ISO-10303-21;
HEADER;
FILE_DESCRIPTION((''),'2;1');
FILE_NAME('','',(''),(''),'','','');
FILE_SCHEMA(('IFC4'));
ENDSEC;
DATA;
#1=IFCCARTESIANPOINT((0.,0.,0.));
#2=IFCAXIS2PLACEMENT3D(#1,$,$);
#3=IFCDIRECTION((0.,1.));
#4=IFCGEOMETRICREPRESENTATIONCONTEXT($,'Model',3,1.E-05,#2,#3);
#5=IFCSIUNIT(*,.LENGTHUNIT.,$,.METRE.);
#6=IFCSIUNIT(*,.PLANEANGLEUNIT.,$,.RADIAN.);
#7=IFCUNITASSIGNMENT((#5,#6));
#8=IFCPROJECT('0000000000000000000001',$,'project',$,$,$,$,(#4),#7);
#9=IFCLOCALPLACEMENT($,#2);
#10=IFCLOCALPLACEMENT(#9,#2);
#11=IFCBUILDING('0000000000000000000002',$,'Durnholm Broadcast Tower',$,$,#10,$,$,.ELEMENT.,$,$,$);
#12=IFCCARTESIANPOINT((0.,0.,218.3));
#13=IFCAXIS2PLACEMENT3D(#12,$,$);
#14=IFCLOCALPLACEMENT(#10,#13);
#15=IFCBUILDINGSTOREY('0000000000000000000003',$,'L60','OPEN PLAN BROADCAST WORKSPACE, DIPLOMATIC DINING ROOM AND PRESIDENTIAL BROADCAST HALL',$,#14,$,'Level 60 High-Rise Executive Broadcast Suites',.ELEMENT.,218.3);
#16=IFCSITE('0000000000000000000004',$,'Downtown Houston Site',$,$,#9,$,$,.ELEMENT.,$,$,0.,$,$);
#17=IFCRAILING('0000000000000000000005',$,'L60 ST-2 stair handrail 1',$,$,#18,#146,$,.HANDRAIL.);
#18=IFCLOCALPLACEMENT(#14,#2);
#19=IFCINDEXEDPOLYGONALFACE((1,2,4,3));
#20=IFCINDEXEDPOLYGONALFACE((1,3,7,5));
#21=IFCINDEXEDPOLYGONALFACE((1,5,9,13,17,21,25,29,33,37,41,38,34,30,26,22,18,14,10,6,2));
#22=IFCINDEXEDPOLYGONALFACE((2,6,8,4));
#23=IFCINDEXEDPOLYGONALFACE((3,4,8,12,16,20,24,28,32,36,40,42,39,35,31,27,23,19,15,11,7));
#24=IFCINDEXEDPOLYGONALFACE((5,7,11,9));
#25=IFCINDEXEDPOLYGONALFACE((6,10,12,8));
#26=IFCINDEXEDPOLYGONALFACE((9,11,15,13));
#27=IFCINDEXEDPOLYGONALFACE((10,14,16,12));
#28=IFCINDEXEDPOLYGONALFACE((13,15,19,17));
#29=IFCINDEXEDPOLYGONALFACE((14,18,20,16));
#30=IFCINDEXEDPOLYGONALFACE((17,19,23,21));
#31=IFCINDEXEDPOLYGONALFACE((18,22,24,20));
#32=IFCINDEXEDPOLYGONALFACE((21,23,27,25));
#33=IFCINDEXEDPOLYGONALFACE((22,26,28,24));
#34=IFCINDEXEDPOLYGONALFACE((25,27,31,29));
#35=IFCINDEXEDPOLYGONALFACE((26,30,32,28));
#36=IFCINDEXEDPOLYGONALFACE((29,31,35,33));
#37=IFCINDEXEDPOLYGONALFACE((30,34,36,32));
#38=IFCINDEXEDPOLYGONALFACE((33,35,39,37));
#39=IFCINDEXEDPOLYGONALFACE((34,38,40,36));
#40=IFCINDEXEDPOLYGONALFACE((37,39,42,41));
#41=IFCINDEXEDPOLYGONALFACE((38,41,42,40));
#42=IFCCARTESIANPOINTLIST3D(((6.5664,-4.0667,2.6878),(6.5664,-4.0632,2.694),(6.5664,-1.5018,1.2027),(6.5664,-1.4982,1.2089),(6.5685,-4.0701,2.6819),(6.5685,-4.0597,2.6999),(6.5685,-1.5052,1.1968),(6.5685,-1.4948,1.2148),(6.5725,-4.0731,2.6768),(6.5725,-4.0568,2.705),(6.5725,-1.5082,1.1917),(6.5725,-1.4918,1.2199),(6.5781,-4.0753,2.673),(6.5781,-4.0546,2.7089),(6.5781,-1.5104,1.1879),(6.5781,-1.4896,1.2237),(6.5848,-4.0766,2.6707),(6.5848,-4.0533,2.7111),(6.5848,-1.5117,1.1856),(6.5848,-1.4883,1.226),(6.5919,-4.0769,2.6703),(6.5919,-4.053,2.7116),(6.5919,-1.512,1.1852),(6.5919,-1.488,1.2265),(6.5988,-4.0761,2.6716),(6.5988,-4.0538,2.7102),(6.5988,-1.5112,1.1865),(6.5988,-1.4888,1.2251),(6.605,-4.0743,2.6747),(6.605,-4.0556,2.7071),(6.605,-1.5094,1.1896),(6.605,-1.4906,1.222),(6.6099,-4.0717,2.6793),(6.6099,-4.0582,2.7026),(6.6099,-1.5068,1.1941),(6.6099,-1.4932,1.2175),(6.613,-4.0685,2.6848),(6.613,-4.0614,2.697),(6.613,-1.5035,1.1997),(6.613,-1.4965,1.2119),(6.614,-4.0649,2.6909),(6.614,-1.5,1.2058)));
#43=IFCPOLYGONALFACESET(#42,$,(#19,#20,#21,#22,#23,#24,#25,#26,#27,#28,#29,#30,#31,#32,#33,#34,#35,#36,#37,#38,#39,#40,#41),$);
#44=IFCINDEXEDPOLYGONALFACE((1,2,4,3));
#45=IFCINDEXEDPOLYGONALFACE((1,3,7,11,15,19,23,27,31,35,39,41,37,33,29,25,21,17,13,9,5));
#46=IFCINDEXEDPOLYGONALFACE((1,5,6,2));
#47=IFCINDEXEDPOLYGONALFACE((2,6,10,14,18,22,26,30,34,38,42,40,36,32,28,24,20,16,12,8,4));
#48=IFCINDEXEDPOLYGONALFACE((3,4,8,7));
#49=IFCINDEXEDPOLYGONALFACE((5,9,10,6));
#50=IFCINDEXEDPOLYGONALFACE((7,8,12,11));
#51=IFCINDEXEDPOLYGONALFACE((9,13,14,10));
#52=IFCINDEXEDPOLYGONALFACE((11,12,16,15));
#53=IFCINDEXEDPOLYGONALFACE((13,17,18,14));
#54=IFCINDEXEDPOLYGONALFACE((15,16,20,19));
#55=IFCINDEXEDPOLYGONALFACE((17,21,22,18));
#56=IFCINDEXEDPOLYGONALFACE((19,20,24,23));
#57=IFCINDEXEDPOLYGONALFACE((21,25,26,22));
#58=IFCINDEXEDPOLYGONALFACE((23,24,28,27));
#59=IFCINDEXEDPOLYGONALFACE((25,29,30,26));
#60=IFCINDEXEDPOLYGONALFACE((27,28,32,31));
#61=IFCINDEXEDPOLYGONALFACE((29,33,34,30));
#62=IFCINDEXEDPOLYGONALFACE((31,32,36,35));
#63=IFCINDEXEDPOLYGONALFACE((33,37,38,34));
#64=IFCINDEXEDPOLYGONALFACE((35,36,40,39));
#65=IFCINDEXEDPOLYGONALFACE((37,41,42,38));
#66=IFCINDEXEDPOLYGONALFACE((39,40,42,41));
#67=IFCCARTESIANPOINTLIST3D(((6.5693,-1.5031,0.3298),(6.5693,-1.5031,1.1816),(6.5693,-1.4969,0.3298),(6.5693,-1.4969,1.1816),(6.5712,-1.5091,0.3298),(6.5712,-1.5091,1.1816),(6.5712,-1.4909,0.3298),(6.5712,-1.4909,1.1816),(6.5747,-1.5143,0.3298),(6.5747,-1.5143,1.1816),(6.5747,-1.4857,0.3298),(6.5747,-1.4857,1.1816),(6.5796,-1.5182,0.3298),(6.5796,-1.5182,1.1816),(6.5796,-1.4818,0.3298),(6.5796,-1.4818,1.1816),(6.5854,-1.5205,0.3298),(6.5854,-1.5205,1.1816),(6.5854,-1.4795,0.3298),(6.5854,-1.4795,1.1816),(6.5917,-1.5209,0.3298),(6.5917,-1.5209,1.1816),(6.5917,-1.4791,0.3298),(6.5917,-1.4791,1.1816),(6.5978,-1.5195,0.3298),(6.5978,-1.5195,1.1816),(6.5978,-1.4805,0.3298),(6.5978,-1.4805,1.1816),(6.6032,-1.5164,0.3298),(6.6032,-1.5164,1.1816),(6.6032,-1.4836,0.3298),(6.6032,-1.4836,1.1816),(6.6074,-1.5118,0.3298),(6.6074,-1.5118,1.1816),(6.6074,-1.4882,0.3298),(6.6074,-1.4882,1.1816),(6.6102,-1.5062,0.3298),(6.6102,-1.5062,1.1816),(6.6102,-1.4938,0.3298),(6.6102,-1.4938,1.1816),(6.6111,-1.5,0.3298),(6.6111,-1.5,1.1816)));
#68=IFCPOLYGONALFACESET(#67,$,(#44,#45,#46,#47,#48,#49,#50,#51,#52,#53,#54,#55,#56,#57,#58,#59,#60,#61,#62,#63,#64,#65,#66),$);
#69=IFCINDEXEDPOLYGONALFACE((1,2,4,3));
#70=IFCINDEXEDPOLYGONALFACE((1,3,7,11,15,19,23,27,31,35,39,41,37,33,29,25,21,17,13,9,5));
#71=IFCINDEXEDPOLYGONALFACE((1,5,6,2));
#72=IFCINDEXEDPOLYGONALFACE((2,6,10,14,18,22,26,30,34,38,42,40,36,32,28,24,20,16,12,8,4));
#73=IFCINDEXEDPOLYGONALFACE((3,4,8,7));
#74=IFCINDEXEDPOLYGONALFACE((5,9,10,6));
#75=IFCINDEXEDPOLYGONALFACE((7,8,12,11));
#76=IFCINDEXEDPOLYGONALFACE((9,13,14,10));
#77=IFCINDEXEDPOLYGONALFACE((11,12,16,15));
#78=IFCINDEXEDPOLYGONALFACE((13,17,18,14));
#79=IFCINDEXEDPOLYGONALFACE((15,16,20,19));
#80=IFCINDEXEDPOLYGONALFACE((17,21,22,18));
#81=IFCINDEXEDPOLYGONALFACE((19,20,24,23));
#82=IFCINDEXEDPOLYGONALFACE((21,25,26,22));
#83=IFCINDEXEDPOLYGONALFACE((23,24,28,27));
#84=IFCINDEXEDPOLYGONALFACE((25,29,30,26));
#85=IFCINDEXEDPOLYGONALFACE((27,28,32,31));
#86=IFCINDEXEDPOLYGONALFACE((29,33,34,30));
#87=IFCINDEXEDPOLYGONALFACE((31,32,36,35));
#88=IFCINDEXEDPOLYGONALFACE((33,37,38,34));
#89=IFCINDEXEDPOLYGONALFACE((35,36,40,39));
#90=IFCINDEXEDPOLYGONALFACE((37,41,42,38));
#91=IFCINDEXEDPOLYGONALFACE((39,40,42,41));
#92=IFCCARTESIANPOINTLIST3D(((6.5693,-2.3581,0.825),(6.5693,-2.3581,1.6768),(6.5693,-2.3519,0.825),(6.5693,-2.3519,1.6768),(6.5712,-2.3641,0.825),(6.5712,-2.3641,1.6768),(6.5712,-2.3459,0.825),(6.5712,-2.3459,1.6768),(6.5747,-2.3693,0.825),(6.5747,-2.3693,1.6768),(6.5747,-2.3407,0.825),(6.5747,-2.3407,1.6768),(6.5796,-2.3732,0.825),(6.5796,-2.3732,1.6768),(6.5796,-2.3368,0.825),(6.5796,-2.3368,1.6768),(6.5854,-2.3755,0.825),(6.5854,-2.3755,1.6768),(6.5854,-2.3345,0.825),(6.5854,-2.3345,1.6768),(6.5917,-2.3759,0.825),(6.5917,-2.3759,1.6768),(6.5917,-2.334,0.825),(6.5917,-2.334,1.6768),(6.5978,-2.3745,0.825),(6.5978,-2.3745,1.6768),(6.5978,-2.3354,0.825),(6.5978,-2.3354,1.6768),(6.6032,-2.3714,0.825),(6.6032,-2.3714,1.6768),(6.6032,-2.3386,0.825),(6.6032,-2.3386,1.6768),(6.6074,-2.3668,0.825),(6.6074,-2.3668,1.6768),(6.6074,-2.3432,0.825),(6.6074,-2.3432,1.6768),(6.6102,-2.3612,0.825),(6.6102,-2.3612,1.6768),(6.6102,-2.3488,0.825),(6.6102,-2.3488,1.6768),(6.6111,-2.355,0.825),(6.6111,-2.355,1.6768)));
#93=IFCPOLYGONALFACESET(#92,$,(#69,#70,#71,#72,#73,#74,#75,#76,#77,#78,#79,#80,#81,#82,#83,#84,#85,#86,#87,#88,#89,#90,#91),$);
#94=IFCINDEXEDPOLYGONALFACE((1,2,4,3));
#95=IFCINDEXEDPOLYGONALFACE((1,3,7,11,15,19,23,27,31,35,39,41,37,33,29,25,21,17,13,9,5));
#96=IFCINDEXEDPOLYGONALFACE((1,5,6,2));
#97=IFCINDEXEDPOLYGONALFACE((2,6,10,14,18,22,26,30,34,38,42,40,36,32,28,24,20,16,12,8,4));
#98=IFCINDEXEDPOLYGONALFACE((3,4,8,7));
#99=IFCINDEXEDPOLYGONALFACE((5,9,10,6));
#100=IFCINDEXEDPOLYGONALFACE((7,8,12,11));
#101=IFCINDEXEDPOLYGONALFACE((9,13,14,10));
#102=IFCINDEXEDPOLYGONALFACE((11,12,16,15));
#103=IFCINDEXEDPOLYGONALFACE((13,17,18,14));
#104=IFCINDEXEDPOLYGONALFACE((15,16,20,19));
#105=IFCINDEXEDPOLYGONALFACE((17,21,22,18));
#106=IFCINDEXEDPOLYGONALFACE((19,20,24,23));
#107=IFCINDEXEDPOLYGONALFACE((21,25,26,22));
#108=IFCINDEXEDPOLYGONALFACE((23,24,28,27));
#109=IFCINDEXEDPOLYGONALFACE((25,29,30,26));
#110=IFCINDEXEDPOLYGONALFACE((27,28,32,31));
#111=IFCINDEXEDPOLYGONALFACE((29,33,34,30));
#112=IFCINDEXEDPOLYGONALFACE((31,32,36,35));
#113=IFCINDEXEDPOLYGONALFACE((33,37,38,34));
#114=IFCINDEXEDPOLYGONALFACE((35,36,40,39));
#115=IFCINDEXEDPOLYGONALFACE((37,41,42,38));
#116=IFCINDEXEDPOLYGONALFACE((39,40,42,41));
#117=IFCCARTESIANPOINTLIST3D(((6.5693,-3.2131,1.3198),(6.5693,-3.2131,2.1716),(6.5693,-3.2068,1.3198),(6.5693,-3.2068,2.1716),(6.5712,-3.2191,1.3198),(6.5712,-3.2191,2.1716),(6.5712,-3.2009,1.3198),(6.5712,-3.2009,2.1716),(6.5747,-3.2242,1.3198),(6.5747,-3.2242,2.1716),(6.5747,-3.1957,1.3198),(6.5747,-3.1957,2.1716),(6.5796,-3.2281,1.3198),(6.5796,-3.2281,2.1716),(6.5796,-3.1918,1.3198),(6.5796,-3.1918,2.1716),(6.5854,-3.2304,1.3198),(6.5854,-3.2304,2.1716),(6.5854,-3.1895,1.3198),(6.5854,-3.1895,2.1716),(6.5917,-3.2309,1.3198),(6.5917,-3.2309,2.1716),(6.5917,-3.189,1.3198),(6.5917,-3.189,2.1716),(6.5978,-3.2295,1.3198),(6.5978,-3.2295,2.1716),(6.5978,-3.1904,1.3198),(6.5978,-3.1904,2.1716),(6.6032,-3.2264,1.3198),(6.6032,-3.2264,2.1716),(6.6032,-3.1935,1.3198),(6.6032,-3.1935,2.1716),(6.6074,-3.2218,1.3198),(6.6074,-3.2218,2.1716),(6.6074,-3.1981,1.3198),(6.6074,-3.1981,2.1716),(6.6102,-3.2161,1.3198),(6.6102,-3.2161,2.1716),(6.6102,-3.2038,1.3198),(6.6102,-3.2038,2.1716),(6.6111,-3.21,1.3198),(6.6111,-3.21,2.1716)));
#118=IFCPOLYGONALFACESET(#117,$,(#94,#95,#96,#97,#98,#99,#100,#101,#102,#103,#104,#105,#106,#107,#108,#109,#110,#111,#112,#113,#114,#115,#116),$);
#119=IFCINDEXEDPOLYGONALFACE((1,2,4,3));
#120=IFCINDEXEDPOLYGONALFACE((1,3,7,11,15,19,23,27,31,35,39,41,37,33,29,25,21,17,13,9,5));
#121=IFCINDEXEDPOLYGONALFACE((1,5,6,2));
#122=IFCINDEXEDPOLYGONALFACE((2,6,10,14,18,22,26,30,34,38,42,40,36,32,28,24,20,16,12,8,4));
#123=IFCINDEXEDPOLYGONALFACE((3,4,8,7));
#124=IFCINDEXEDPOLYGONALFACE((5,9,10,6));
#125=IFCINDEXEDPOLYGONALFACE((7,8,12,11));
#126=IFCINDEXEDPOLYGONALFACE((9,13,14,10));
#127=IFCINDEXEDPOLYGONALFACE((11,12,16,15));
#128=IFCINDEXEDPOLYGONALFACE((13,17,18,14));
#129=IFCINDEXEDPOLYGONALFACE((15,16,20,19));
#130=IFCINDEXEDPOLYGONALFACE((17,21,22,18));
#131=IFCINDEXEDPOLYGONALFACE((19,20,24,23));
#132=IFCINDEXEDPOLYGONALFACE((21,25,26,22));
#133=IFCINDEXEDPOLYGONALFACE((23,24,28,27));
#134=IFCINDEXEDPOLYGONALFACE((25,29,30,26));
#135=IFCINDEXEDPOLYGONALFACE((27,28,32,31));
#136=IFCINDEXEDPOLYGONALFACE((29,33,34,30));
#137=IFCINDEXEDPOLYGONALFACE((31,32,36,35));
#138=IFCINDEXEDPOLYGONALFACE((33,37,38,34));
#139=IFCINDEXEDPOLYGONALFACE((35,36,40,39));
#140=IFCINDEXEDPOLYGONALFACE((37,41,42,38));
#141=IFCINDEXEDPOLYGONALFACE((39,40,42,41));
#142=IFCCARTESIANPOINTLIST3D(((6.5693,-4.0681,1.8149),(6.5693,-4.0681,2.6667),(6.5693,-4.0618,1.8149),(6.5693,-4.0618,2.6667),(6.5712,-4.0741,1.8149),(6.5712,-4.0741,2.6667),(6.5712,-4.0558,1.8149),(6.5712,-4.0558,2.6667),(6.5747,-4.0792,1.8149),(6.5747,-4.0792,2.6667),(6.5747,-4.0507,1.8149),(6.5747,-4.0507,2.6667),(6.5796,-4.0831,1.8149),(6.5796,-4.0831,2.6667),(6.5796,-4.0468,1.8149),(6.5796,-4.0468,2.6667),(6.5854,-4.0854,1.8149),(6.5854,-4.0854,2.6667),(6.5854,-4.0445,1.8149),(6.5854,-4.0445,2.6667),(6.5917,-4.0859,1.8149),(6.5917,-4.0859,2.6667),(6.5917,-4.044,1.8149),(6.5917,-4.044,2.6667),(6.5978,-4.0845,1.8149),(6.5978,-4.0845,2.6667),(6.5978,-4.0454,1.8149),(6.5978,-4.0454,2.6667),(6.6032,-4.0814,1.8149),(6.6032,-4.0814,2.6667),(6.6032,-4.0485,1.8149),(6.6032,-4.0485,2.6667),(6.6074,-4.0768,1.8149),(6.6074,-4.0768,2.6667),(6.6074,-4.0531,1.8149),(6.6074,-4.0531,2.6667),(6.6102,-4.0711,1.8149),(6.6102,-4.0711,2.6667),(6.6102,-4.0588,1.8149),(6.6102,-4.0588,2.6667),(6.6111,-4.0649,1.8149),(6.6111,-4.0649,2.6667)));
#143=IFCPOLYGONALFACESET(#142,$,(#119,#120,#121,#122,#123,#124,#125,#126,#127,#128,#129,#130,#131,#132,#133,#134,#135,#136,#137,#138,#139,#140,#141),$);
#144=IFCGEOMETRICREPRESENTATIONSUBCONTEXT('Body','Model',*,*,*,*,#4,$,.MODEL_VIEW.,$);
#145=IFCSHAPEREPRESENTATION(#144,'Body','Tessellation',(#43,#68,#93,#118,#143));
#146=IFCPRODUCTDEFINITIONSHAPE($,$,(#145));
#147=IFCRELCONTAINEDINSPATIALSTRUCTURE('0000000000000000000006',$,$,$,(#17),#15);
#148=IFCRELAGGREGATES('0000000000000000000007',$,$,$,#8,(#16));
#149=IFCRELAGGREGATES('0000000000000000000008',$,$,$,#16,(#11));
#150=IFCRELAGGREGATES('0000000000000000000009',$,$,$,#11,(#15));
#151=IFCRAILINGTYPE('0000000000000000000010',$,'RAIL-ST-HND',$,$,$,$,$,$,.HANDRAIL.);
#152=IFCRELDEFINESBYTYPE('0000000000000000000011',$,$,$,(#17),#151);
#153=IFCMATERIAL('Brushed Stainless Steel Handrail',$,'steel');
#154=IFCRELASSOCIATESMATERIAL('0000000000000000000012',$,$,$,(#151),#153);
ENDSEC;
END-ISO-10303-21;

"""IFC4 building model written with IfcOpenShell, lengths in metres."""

from ifc_helpers import new_model, si_unit, direction, frame, origin, origin_2d, place, context, subcontext, project, spatial, circle, extrude, material, type_object, element, save


model = new_model("IFC4")

# Units and contexts
model_context = context("Model", 3, precision=1e-05, world=origin(), true_north=direction((0.0, 1.0)))
body_context = subcontext(model_context, "Body", "Model", "MODEL_VIEW")
ifc_project = project(units=[si_unit("LENGTHUNIT", "METRE"), si_unit("PLANEANGLEUNIT", "RADIAN")], contexts=[model_context])

# Site, building, storey
site_placement = place(None, origin())
site = spatial("IfcSite", under=ifc_project, at=site_placement, Name="Downtown Houston Site", CompositionType="ELEMENT", RefElevation=0.0)
building_placement = place(site_placement, origin())
building = spatial("IfcBuilding", under=site, at=building_placement, Name="Durnholm Broadcast Tower", CompositionType="ELEMENT")
storey_placement = place(building_placement, frame((0.0, 0.0, 218.3)))
storey = spatial("IfcBuildingStorey", under=building, at=storey_placement, Name="L60", Description="OPEN PLAN BROADCAST WORKSPACE, DIPLOMATIC DINING ROOM AND PRESIDENTIAL BROADCAST HALL", LongName="Level 60 High-Rise Executive Broadcast Suites", CompositionType="ELEMENT", Elevation=218.3)

# Railing
ifc_material_1 = material(Name="Brushed Stainless Steel Handrail", Category="steel")
railing_type_1 = type_object("IfcRailingType", Name="RAIL-ST-HND", PredefinedType="HANDRAIL", material=ifc_material_1)
railing_1_placement = place(storey_placement, frame((6.5901, -1.5, 0.3298)))
element("IfcRailing", 1, at=railing_1_placement, inside=storey, type_object=railing_type_1, Name="L60 ST-2 stair handrail 1", PredefinedType="HANDRAIL", context=body_context, shape_type="SweptSolid", body=[
    extrude(circle(Radius=0.0239, at=origin_2d()), frame((0.0, 0.0, 0.876), z_axis=(0.0, -0.865406, 0.501072), x_axis=(1.0, 0.0, 0.0)), (0.0, 0.0, 1.0), 2.9639),
    extrude(circle(Radius=0.021, at=origin_2d()), origin(), (0.0, 0.0, 1.0), 0.8518),
    extrude(circle(Radius=0.021, at=origin_2d()), frame((0.0, -0.855, 0.4951)), (0.0, 0.0, 1.0), 0.8518),
    extrude(circle(Radius=0.021, at=origin_2d()), frame((0.0, -1.71, 0.99)), (0.0, 0.0, 1.0), 0.8518),
    extrude(circle(Radius=0.021, at=origin_2d()), frame((0.0, -2.5649, 1.4851)), (0.0, 0.0, 1.0), 0.8518),
])

save(model, "model.ifc")
